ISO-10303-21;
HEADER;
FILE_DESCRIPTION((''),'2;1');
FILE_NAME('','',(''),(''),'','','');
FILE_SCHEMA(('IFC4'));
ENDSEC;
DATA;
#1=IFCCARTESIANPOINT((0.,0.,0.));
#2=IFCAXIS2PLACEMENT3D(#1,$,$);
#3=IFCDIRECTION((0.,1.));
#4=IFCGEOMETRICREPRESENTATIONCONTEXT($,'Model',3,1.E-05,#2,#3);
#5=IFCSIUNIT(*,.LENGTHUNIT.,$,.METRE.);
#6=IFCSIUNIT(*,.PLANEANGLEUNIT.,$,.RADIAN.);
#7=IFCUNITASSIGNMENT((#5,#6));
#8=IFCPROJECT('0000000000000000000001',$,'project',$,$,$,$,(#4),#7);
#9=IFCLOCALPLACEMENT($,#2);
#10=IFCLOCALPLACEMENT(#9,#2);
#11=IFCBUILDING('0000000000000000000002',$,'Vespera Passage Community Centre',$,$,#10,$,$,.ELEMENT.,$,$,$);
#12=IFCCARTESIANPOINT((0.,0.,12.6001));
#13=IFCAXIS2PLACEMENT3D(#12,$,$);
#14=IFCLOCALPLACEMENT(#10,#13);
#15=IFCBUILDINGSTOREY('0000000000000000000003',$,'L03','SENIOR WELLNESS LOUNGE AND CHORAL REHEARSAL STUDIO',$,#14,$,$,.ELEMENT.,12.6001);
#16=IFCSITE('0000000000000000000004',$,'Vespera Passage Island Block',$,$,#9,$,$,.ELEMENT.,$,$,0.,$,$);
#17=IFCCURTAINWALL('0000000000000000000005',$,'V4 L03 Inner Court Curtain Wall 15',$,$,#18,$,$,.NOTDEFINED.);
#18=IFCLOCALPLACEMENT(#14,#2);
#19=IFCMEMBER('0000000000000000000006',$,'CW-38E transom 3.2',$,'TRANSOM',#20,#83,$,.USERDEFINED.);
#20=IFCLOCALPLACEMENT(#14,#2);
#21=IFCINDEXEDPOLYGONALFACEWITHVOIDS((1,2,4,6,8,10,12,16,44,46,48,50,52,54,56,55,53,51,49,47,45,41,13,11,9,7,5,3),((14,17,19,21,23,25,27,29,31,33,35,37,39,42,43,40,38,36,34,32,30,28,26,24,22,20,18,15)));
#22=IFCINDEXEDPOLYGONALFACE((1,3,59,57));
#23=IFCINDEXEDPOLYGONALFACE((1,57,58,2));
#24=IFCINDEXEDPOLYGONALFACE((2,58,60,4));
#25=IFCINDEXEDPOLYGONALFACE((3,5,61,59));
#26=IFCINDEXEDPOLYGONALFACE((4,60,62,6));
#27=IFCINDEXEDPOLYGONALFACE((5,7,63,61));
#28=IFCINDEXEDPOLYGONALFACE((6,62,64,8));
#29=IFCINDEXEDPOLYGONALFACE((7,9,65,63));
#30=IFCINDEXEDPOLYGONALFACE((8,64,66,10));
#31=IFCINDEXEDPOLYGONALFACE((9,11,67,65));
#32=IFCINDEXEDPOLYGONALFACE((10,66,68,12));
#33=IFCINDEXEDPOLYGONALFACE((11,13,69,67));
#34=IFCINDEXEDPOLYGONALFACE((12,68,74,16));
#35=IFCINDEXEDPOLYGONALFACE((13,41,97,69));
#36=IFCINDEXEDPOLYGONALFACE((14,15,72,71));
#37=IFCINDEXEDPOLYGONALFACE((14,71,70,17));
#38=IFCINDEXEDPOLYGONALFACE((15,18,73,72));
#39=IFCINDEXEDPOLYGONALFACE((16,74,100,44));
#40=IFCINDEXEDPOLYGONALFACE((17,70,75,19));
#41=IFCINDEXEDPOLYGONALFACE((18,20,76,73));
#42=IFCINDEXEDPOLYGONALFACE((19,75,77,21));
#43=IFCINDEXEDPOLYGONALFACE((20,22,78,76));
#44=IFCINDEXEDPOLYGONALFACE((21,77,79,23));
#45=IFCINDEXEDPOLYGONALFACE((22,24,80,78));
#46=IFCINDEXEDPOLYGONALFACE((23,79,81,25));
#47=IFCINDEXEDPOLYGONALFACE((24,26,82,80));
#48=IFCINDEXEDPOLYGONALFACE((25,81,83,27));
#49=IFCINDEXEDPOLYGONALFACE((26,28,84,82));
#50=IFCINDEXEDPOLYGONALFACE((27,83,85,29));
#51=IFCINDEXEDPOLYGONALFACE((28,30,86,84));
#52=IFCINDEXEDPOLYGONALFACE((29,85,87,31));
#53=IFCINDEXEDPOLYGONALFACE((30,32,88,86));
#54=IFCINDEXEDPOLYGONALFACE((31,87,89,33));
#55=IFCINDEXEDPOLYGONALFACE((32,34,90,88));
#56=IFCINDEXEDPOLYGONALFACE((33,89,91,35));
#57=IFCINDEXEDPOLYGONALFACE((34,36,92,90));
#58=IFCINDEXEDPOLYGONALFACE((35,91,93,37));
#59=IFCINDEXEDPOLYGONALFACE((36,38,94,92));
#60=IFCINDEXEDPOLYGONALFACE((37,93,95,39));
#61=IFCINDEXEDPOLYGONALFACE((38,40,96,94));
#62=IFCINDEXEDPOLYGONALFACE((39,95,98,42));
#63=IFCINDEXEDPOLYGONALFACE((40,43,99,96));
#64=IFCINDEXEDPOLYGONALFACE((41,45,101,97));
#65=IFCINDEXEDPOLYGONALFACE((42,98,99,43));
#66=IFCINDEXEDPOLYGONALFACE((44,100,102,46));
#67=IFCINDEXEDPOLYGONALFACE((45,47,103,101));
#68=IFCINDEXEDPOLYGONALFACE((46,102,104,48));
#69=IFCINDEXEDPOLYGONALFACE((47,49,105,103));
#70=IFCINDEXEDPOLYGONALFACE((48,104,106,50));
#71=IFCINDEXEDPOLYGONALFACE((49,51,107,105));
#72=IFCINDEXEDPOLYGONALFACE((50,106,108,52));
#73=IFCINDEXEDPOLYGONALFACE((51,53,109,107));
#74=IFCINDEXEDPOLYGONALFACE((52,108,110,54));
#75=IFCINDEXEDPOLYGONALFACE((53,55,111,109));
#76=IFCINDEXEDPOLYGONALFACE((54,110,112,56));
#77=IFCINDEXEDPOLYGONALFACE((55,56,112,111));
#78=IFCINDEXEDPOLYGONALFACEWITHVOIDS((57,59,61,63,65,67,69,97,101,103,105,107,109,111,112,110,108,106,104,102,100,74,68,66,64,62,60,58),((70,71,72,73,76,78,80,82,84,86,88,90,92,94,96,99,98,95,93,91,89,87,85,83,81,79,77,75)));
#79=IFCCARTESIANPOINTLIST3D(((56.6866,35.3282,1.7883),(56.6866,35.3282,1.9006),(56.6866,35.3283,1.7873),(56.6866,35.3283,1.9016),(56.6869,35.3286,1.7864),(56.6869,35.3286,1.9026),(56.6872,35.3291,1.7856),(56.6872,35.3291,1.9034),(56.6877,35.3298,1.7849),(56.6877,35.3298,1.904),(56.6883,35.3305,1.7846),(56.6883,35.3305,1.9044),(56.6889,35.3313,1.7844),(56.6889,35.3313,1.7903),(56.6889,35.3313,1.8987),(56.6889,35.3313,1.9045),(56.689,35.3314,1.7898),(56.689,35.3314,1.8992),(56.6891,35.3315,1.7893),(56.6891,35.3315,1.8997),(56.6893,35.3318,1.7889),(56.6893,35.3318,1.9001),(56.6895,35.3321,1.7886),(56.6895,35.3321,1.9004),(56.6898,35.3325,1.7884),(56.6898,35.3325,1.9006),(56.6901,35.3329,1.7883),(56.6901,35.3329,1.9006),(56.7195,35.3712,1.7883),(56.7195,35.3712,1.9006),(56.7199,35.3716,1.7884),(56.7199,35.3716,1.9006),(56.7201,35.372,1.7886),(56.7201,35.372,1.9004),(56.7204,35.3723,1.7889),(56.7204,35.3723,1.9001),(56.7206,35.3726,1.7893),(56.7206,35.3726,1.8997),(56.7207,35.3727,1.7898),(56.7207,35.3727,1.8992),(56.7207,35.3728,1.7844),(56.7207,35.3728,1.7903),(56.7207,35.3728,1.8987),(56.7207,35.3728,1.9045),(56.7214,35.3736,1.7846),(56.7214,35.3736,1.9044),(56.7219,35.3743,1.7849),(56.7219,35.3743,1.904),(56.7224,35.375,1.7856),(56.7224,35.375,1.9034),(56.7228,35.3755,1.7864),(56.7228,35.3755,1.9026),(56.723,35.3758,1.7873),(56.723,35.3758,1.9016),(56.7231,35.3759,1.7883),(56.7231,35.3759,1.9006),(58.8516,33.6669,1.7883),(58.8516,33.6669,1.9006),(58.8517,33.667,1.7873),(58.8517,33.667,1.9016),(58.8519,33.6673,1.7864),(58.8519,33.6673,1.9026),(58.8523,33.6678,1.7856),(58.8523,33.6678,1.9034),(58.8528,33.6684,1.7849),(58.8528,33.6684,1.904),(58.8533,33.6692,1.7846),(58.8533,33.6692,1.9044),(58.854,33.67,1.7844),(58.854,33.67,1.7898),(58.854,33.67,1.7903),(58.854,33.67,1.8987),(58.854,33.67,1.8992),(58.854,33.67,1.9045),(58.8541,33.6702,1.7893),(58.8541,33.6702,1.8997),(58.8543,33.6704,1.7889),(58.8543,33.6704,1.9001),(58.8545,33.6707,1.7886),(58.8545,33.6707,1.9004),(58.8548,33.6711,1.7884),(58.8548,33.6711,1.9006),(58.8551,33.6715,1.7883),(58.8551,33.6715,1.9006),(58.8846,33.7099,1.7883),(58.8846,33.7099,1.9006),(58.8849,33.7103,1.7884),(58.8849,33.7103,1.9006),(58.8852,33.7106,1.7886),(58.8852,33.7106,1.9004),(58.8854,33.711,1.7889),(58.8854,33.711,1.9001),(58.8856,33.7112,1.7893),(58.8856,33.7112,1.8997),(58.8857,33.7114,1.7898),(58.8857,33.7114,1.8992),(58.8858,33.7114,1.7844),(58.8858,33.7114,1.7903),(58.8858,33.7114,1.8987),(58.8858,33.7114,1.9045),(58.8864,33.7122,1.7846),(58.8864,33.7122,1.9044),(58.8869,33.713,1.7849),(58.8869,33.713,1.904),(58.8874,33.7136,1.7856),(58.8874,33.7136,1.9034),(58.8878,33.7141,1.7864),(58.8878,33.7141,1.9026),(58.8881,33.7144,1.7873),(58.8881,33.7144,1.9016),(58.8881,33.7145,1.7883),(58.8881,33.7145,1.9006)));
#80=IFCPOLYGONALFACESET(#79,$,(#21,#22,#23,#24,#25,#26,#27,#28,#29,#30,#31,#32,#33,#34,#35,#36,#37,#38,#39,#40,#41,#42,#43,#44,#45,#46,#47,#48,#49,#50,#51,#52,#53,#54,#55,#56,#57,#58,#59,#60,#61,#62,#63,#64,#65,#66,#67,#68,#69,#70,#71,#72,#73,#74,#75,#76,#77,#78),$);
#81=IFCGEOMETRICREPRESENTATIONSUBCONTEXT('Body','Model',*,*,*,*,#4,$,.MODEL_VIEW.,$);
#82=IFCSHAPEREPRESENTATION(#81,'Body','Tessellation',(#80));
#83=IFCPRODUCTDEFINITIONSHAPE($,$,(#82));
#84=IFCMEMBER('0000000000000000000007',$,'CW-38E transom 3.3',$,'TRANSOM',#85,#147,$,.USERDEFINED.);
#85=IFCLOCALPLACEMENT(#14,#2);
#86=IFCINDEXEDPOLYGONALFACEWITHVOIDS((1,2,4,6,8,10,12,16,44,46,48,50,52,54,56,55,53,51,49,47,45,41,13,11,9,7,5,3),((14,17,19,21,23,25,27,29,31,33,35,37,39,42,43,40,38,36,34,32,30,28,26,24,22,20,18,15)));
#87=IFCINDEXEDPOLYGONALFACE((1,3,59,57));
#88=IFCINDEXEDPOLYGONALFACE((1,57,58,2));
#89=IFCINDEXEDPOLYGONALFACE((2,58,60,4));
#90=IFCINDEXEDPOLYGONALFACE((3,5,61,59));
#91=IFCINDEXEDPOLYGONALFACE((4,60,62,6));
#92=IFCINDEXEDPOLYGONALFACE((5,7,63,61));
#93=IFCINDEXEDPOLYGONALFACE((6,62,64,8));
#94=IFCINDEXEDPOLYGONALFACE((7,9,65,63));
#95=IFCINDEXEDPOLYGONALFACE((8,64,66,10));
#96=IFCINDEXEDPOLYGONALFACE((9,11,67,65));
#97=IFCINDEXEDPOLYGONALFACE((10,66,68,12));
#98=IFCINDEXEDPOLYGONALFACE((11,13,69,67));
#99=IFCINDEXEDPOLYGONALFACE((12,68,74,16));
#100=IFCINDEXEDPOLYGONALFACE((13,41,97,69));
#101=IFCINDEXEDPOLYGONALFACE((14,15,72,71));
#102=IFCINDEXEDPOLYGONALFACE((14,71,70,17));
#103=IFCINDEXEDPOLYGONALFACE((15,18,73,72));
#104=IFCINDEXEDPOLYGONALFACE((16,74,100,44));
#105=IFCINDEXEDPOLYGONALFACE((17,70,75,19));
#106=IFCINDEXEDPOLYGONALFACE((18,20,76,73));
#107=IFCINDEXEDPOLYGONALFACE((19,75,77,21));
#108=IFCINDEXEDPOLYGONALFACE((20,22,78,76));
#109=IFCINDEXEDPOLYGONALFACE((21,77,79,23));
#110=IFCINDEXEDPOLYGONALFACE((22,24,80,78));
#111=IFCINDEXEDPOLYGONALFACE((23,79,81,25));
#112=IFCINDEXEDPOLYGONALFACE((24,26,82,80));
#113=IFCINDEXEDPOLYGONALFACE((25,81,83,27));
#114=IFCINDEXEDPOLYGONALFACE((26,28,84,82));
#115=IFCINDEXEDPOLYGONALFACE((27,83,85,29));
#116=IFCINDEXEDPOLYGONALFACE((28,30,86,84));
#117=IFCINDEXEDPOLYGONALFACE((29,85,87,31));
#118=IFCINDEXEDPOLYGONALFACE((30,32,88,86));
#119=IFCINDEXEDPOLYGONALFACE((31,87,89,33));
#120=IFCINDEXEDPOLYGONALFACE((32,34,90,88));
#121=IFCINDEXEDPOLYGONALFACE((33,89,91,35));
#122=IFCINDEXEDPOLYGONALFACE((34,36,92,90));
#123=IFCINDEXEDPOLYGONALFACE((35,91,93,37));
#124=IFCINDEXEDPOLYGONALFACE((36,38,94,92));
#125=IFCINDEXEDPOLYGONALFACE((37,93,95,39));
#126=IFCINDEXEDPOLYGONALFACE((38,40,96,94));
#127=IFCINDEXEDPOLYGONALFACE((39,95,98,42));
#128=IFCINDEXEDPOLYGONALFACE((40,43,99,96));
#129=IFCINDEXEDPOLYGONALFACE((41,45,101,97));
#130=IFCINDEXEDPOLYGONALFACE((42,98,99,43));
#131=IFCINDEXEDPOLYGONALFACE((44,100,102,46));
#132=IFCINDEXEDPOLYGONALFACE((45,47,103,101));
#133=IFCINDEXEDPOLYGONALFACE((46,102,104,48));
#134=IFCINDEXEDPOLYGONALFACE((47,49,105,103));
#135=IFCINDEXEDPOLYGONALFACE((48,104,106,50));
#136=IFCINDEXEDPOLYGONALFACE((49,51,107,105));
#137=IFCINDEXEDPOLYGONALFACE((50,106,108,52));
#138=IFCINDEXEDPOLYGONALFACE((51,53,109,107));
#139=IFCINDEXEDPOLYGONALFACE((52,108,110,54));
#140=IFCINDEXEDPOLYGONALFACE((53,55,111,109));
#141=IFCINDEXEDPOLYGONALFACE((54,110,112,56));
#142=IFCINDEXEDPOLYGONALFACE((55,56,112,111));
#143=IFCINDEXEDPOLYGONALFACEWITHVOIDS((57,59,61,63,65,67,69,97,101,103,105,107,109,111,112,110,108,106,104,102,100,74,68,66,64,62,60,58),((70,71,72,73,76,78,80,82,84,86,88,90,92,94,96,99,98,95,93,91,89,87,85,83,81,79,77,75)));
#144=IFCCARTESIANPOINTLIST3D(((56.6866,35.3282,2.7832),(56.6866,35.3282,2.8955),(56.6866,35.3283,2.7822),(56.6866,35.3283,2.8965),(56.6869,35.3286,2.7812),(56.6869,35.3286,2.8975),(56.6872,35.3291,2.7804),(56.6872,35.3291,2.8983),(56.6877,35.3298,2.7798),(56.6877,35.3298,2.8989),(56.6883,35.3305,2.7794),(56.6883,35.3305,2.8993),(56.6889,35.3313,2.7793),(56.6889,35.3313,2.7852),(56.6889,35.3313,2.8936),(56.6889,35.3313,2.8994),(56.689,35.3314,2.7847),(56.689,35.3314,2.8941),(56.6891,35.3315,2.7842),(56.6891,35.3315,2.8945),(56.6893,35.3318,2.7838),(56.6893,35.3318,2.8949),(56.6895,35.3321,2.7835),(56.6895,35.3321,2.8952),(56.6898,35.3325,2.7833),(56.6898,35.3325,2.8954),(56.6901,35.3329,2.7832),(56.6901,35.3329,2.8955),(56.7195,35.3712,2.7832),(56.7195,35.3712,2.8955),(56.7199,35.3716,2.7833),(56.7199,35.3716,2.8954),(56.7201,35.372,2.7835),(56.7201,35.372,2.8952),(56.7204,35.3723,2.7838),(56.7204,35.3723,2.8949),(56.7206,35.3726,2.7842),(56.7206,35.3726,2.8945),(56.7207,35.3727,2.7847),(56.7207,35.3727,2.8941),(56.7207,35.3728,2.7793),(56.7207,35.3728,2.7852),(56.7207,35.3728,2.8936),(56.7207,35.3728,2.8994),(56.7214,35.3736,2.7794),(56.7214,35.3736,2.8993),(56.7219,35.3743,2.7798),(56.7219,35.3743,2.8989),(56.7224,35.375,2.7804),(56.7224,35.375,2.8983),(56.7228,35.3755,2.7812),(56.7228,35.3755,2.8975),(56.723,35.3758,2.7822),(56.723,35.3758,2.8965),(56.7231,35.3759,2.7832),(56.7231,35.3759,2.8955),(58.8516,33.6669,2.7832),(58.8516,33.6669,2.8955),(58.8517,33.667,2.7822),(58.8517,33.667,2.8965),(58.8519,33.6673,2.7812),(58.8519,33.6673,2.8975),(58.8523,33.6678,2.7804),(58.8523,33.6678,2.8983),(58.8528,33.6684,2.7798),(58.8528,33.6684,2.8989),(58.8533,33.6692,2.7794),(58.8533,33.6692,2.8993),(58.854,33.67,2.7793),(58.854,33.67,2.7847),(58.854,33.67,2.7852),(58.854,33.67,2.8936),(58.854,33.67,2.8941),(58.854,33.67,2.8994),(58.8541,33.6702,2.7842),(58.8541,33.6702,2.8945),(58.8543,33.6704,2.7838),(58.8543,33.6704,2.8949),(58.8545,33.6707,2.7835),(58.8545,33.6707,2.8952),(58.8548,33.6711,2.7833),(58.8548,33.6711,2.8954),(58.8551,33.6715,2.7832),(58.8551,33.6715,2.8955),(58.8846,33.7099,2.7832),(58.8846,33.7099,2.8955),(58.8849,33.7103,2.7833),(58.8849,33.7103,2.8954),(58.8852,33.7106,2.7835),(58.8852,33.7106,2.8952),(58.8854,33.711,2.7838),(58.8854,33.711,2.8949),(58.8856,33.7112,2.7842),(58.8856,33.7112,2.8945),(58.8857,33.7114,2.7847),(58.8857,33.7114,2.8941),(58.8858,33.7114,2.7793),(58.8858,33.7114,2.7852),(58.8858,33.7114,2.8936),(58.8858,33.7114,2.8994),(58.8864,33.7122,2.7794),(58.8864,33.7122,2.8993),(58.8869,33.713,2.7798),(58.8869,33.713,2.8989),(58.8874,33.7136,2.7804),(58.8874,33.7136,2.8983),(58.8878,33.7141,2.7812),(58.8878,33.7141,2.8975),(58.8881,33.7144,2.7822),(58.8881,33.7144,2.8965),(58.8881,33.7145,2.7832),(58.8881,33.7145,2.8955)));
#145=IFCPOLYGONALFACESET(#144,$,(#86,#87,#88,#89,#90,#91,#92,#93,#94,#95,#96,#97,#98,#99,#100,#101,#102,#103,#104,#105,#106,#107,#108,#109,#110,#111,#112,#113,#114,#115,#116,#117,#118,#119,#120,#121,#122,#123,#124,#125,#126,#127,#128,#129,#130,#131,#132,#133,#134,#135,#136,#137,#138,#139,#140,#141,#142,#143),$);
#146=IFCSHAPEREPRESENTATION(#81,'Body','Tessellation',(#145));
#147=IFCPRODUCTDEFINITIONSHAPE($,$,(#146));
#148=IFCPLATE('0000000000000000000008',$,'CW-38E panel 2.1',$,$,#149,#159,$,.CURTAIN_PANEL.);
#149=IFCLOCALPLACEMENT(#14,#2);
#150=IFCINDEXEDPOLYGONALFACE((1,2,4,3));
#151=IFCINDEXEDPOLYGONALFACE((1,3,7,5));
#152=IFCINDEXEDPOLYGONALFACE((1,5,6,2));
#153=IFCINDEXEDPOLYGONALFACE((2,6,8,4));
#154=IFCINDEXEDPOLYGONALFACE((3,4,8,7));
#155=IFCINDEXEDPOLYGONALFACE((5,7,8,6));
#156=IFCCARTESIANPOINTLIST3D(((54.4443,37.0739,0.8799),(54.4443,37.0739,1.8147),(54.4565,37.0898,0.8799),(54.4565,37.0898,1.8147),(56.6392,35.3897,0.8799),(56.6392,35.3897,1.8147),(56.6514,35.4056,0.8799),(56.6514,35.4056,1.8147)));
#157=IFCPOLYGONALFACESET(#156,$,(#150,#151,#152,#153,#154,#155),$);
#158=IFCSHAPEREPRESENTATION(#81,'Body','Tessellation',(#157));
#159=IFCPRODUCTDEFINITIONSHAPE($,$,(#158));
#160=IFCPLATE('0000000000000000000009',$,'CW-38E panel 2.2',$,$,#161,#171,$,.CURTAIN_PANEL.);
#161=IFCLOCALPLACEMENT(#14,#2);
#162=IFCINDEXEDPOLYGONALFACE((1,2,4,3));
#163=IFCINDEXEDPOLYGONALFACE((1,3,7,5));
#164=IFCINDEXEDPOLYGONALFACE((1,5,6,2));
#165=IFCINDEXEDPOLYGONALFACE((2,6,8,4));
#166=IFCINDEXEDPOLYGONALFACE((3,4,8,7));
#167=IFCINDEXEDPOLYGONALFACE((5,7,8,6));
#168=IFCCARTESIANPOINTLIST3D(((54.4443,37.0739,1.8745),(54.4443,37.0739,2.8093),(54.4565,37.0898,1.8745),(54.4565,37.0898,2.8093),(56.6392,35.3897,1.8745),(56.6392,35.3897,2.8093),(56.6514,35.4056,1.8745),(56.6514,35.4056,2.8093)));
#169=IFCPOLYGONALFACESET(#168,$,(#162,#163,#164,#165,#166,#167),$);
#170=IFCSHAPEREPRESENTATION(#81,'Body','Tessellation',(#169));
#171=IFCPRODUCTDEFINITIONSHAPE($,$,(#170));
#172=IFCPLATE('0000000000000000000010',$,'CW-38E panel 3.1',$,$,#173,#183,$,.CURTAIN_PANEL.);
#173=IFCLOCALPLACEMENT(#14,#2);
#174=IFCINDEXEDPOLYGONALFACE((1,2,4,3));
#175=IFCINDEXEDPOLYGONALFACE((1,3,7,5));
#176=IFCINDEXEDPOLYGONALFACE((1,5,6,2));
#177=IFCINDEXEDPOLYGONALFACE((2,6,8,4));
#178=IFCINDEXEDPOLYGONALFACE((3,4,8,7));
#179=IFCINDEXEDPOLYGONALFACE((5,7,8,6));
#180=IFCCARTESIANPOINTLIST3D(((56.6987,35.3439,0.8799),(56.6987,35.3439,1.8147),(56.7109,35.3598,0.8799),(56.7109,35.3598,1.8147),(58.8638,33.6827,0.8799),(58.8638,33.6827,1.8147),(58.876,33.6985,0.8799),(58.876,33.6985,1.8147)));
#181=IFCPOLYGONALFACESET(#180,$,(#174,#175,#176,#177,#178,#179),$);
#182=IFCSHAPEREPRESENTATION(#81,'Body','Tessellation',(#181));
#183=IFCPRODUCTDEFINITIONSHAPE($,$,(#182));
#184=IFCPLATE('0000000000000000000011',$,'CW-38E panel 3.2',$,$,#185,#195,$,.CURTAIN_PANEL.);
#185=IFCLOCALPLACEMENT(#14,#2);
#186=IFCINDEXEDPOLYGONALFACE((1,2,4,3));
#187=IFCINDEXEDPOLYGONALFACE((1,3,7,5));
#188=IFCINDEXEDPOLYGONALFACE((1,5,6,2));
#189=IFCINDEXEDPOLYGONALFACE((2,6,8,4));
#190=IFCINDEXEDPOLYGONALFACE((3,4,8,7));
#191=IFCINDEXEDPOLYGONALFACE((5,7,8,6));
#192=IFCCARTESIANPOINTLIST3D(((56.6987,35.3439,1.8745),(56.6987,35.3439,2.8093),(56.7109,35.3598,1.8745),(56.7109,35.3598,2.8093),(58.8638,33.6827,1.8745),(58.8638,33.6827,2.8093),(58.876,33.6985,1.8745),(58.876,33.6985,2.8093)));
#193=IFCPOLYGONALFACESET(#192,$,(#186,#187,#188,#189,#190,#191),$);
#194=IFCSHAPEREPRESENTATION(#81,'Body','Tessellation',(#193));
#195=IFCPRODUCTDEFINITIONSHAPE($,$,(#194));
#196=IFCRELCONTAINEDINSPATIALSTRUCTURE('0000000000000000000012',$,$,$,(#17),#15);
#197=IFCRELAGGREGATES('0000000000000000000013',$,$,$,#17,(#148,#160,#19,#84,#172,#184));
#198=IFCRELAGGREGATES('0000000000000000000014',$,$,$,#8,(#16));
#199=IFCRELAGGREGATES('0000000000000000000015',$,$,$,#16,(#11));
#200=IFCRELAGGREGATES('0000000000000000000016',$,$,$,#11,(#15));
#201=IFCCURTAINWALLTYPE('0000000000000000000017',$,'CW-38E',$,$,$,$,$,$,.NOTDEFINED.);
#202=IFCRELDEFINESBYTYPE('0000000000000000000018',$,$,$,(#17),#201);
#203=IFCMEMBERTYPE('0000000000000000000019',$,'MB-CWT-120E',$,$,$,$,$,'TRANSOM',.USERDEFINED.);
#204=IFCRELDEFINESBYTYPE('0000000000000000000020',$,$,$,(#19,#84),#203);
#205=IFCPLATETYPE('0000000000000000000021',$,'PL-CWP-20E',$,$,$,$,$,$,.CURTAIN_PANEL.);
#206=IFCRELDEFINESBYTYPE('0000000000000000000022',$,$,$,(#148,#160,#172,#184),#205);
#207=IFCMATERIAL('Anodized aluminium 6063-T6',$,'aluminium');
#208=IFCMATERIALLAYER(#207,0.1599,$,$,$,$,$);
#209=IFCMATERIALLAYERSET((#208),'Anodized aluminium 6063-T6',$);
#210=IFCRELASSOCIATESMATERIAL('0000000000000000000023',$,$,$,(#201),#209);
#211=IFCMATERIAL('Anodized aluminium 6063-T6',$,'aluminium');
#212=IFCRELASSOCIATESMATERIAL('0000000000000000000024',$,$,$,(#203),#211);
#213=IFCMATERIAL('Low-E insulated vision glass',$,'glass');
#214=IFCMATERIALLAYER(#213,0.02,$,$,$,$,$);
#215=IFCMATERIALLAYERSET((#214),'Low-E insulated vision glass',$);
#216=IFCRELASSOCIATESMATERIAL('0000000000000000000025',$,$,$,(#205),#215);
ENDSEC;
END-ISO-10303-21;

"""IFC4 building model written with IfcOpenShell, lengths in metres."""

from ifc_helpers import new_model, si_unit, direction, frame, origin, origin_2d, place, context, subcontext, project, spatial, rectangle, hollow_rectangle, extrude, material, layer, layer_set, material_profile, profile_set, type_object, element, aggregate, save


model = new_model("IFC4")

# Units and contexts
model_context = context("Model", 3, precision=1e-05, world=origin(), true_north=direction((0.0, 1.0)))
body_context = subcontext(model_context, "Body", "Model", "MODEL_VIEW")
ifc_project = project(units=[si_unit("LENGTHUNIT", "METRE"), si_unit("PLANEANGLEUNIT", "RADIAN")], contexts=[model_context])

# Site, building, storey
site_placement = place(None, origin())
site = spatial("IfcSite", under=ifc_project, at=site_placement, Name="Vespera Passage Island Block", CompositionType="ELEMENT", RefElevation=0.0)
building_placement = place(site_placement, origin())
building = spatial("IfcBuilding", under=site, at=building_placement, Name="Vespera Passage Community Centre", CompositionType="ELEMENT")
storey_placement = place(building_placement, frame((0.0, 0.0, 12.6001)))
storey = spatial("IfcBuildingStorey", under=building, at=storey_placement, Name="L03", Description="SENIOR WELLNESS LOUNGE AND CHORAL REHEARSAL STUDIO", CompositionType="ELEMENT", Elevation=12.6001)

# Curtain wall
ifc_material_1 = material(Name="Anodized aluminium 6063-T6", Category="aluminium")
ifc_layer_1 = layer(ifc_material_1, 0.1599)
ifc_layer_set_1 = layer_set([ifc_layer_1], Name="Anodized aluminium 6063-T6")
curtain_wall_type_1 = type_object("IfcCurtainWallType", Name="CW-38E", PredefinedType="NOTDEFINED", material=ifc_layer_set_1)
curtain_wall_1_placement = place(storey_placement, origin())
curtain_wall_1 = element("IfcCurtainWall", 1, at=curtain_wall_1_placement, inside=storey, type_object=curtain_wall_type_1, Name="V4 L03 Inner Court Curtain Wall 15", PredefinedType="NOTDEFINED")

# Members
ifc_material_2 = material(Name="Anodized aluminium 6063-T6", Category="aluminium")
ifc_material_profile_1 = material_profile(ifc_material_2, hollow_rectangle(XDim=0.0601, YDim=0.1201, WallThickness=0.0039, InnerFilletRadius=0.002, OuterFilletRadius=0.0039, at=origin_2d()), Name="ALU120X60X4")
ifc_profile_set_1 = profile_set([ifc_material_profile_1], Name="Anodized aluminium 6063-T6")
member_type_1 = type_object("IfcMemberType", Name="MB-CWT-120E", ElementType="TRANSOM", PredefinedType="USERDEFINED", material=ifc_profile_set_1)
member_1_placement = place(storey_placement, frame((56.7048, 35.3521, 1.8445), z_axis=(0.793338, -0.608781, 0.0), x_axis=(0.608781, 0.793338, 0.0)))
member_1 = element("IfcMember", 2, at=member_1_placement, type_object=member_type_1, Name="CW-38E transom 3.2", ObjectType="TRANSOM", PredefinedType="USERDEFINED", context=body_context, shape_type="SweptSolid", body=[
    extrude(hollow_rectangle(XDim=0.0601, YDim=0.1201, WallThickness=0.0039, InnerFilletRadius=0.002, OuterFilletRadius=0.0039, at=origin_2d()), origin(), (0.0, 0.0, 1.0), 2.729),
])
member_2_placement = place(storey_placement, frame((56.7048, 35.3521, 2.8394), z_axis=(0.793338, -0.608781, 0.0), x_axis=(0.608781, 0.793338, 0.0)))
member_2 = element("IfcMember", 3, at=member_2_placement, type_object=member_type_1, Name="CW-38E transom 3.3", ObjectType="TRANSOM", PredefinedType="USERDEFINED", context=body_context, shape_type="SweptSolid", body=[
    extrude(hollow_rectangle(XDim=0.0601, YDim=0.1201, WallThickness=0.0039, InnerFilletRadius=0.002, OuterFilletRadius=0.0039, at=origin_2d()), origin(), (0.0, 0.0, 1.0), 2.729),
])

# Plates
ifc_material_3 = material(Name="Low-E insulated vision glass", Category="glass")
ifc_layer_2 = layer(ifc_material_3, 0.02)
ifc_layer_set_2 = layer_set([ifc_layer_2], Name="Low-E insulated vision glass")
plate_type_1 = type_object("IfcPlateType", Name="PL-CWP-20E", PredefinedType="CURTAIN_PANEL", material=ifc_layer_set_2)
plate_1_placement = place(storey_placement, frame((55.5479, 36.2397, 0.8799), z_axis=(0.0, 0.0, 1.0), x_axis=(0.793358, -0.608755, 0.0)))
plate_1 = element("IfcPlate", 4, at=plate_1_placement, type_object=plate_type_1, Name="CW-38E panel 2.1", PredefinedType="CURTAIN_PANEL", context=body_context, shape_type="SweptSolid", body=[
    extrude(rectangle(XDim=2.7666, YDim=0.02, at=origin_2d()), origin(), (0.0, 0.0, 1.0), 0.9348),
])
plate_2_placement = place(storey_placement, frame((55.5479, 36.2397, 1.8745), z_axis=(0.0, 0.0, 1.0), x_axis=(0.793358, -0.608755, 0.0)))
plate_2 = element("IfcPlate", 5, at=plate_2_placement, type_object=plate_type_1, Name="CW-38E panel 2.2", PredefinedType="CURTAIN_PANEL", context=body_context, shape_type="SweptSolid", body=[
    extrude(rectangle(XDim=2.7666, YDim=0.02, at=origin_2d()), origin(), (0.0, 0.0, 1.0), 0.9348),
])
plate_3_placement = place(storey_placement, frame((57.7874, 34.5212, 0.8799), z_axis=(0.0, 0.0, 1.0), x_axis=(0.793358, -0.608755, 0.0)))
plate_3 = element("IfcPlate", 6, at=plate_3_placement, type_object=plate_type_1, Name="CW-38E panel 3.1", PredefinedType="CURTAIN_PANEL", context=body_context, shape_type="SweptSolid", body=[
    extrude(rectangle(XDim=2.729, YDim=0.02, at=origin_2d()), origin(), (0.0, 0.0, 1.0), 0.9348),
])
plate_4_placement = place(storey_placement, frame((57.7874, 34.5212, 1.8745), z_axis=(0.0, 0.0, 1.0), x_axis=(0.793358, -0.608755, 0.0)))
plate_4 = element("IfcPlate", 7, at=plate_4_placement, type_object=plate_type_1, Name="CW-38E panel 3.2", PredefinedType="CURTAIN_PANEL", context=body_context, shape_type="SweptSolid", body=[
    extrude(rectangle(XDim=2.729, YDim=0.02, at=origin_2d()), origin(), (0.0, 0.0, 1.0), 0.9348),
])
aggregate(curtain_wall_1, [plate_1, plate_2, member_1, member_2, plate_3, plate_4])

save(model, "model.ifc")
